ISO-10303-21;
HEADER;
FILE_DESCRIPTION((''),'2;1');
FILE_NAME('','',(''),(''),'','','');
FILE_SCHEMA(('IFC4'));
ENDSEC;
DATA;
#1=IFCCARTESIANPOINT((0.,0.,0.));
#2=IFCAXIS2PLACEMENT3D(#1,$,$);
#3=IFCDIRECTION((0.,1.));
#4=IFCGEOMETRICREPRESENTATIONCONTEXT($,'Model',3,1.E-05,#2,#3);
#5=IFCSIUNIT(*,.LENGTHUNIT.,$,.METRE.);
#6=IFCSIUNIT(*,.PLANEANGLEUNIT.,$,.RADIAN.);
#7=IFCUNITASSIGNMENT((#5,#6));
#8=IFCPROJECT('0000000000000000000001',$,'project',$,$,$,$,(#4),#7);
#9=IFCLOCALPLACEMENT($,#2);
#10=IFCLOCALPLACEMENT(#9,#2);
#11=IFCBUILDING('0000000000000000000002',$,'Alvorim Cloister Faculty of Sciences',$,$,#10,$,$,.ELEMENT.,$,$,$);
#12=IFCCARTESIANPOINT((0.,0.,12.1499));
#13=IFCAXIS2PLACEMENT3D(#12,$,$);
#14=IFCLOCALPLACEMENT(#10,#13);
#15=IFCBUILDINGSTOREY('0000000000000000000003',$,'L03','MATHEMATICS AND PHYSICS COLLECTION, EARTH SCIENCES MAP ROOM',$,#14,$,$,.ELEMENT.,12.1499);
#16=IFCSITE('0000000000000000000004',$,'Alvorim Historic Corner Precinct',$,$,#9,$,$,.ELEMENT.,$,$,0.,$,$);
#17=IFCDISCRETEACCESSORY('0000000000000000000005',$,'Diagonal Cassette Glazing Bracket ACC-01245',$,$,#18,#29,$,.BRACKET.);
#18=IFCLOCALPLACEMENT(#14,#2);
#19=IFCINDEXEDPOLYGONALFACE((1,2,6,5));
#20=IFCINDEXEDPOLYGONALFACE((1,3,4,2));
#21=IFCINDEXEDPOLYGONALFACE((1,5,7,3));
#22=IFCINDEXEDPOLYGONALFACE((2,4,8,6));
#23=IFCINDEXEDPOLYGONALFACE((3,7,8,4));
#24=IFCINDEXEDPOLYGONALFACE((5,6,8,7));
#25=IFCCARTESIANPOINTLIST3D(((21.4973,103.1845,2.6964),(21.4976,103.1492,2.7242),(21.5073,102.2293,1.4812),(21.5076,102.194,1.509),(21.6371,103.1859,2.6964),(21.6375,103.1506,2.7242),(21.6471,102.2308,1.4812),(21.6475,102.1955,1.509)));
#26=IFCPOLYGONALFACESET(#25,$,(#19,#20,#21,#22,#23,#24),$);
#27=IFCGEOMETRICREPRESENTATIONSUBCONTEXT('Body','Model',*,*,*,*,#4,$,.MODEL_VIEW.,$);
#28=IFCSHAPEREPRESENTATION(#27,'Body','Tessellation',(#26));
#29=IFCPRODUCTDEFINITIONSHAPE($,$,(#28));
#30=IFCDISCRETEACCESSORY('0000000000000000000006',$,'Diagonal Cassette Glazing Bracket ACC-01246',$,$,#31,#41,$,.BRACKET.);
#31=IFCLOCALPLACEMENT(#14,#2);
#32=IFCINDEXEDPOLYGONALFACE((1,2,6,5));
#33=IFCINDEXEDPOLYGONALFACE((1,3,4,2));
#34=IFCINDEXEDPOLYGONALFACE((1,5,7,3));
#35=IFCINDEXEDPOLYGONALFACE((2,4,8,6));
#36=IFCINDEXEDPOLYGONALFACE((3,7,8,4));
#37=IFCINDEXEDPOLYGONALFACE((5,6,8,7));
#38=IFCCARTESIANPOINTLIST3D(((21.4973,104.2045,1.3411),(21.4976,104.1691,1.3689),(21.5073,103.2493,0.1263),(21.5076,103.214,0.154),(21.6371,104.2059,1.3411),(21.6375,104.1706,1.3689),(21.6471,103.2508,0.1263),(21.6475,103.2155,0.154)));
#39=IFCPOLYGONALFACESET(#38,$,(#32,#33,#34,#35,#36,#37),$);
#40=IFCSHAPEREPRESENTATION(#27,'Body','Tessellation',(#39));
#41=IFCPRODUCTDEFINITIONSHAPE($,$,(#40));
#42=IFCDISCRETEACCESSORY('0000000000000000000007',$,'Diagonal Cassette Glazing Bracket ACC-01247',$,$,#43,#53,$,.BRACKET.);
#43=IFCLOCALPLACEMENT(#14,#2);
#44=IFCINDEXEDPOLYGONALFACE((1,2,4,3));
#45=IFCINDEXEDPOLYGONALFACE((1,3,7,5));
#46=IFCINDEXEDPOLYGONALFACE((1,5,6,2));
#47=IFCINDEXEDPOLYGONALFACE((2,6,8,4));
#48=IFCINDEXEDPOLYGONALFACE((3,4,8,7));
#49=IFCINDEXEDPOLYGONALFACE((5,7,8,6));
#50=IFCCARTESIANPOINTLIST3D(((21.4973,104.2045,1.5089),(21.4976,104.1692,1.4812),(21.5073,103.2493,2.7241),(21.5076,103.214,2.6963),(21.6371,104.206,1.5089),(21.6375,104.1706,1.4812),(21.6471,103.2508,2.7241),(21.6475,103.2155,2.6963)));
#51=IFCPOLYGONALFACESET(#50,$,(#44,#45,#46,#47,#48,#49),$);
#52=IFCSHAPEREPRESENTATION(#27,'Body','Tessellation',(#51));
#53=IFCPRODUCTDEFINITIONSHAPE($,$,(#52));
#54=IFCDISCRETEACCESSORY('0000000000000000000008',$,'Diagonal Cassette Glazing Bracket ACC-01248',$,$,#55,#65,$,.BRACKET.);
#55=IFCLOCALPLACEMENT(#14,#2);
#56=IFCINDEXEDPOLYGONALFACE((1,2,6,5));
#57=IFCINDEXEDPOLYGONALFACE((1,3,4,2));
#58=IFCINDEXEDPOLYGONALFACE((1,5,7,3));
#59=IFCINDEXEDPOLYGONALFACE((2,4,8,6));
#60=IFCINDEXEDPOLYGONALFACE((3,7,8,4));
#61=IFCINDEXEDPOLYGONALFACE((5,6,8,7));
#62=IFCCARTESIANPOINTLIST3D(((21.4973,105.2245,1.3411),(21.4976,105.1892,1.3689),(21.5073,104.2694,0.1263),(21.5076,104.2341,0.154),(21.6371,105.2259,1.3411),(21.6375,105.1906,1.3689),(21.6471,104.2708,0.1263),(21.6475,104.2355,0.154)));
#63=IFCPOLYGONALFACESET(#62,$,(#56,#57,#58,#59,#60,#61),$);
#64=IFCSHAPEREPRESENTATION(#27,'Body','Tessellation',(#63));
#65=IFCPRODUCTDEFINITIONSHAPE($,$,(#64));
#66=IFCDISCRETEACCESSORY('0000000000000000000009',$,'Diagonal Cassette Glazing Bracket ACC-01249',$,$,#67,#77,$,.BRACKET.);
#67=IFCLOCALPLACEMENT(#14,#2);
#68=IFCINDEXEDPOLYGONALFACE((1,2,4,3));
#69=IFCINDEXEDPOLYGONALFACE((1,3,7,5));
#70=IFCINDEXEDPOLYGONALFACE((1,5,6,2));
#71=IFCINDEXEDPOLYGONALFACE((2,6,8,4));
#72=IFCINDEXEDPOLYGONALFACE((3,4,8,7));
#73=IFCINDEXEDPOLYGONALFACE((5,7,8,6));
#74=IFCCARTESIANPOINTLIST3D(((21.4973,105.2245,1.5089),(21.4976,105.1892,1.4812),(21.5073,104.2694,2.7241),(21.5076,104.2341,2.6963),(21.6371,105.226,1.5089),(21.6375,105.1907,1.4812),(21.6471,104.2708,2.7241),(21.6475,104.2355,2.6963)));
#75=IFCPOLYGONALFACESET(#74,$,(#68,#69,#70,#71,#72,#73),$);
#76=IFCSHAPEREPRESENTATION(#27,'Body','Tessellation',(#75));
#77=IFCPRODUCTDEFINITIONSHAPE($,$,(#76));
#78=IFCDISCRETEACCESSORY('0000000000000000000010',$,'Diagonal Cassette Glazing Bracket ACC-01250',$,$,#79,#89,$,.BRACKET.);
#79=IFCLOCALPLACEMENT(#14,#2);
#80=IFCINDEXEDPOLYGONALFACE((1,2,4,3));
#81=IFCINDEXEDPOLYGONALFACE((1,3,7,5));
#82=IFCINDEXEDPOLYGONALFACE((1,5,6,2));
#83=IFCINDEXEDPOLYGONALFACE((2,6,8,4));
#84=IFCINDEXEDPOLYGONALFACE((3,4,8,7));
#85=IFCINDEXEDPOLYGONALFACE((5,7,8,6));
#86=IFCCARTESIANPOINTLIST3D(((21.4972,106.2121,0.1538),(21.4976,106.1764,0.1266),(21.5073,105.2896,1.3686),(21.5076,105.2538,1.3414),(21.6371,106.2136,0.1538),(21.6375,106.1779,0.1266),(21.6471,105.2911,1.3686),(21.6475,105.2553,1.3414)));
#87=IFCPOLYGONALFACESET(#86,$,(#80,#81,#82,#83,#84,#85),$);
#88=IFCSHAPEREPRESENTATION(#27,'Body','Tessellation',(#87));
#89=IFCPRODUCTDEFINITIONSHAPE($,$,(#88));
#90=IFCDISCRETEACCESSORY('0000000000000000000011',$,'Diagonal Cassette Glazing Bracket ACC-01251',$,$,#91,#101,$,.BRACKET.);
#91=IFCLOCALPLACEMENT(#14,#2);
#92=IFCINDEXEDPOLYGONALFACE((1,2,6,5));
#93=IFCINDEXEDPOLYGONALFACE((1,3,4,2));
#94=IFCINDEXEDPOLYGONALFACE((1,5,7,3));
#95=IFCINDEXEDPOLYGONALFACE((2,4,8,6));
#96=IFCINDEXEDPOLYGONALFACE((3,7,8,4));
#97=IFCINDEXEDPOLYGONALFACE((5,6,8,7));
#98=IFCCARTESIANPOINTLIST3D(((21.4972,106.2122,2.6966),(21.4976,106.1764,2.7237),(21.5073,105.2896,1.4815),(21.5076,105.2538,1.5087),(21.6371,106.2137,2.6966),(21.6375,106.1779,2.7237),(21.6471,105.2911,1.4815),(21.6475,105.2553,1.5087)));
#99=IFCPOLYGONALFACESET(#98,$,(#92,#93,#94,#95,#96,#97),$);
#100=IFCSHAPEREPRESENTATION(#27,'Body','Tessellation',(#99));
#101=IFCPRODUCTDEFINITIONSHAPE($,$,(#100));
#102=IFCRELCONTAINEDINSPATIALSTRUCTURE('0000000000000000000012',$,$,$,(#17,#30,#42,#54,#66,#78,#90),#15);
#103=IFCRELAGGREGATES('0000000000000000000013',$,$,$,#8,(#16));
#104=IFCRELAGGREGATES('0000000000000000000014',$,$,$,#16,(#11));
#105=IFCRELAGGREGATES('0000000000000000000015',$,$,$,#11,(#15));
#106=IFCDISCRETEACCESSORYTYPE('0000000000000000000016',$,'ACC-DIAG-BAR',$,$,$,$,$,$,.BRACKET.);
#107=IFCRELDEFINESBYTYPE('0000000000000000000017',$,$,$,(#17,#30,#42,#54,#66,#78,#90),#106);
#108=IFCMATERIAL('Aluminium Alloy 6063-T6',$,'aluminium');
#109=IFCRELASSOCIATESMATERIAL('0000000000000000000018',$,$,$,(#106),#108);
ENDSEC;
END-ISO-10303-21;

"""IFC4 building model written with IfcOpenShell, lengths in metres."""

from ifc_helpers import new_model, si_unit, direction, frame, origin, origin_2d, place, context, subcontext, project, spatial, rectangle, extrude, material, type_object, element, save


model = new_model("IFC4")

# Units and contexts
model_context = context("Model", 3, precision=1e-05, world=origin(), true_north=direction((0.0, 1.0)))
body_context = subcontext(model_context, "Body", "Model", "MODEL_VIEW")
ifc_project = project(units=[si_unit("LENGTHUNIT", "METRE"), si_unit("PLANEANGLEUNIT", "RADIAN")], contexts=[model_context])

# Site, building, storey
site_placement = place(None, origin())
site = spatial("IfcSite", under=ifc_project, at=site_placement, Name="Alvorim Historic Corner Precinct", CompositionType="ELEMENT", RefElevation=0.0)
building_placement = place(site_placement, origin())
building = spatial("IfcBuilding", under=site, at=building_placement, Name="Alvorim Cloister Faculty of Sciences", CompositionType="ELEMENT")
storey_placement = place(building_placement, frame((0.0, 0.0, 12.1499)))
storey = spatial("IfcBuildingStorey", under=building, at=storey_placement, Name="L03", Description="MATHEMATICS AND PHYSICS COLLECTION, EARTH SCIENCES MAP ROOM", CompositionType="ELEMENT", Elevation=12.1499)

# Shared definitions
ifc_material_1 = material(Name="Aluminium Alloy 6063-T6", Category="aluminium")

# Discrete accessories
discrete_accessory_type = type_object("IfcDiscreteAccessoryType", Name="ACC-DIAG-BAR", PredefinedType="BRACKET", material=ifc_material_1)
discrete_accessory_1_placement = place(storey_placement, frame((21.5774, 102.2124, 1.4951), z_axis=(-0.006477, 0.617955, 0.786187), x_axis=(-0.999945, -0.01048, 0.0)))
element("IfcDiscreteAccessory", 1, at=discrete_accessory_1_placement, inside=storey, type_object=discrete_accessory_type, Name="Diagonal Cassette Glazing Bracket ACC-01245", PredefinedType="BRACKET", context=body_context, shape_type="SweptSolid", body=[
    extrude(rectangle(XDim=0.1399, YDim=0.0449, at=origin_2d()), origin(), (0.0, 0.0, 1.0), 1.5457),
])
discrete_accessory_2_placement = place(storey_placement, frame((21.5774, 103.2324, 0.1401), z_axis=(-0.006477, 0.618032, 0.786126), x_axis=(-0.999945, -0.01048, 0.0)))
element("IfcDiscreteAccessory", 2, at=discrete_accessory_2_placement, inside=storey, type_object=discrete_accessory_type, Name="Diagonal Cassette Glazing Bracket ACC-01246", PredefinedType="BRACKET", context=body_context, shape_type="SweptSolid", body=[
    extrude(rectangle(XDim=0.1399, YDim=0.0449, at=origin_2d()), origin(), (0.0, 0.0, 1.0), 1.5454),
])
discrete_accessory_3_placement = place(storey_placement, frame((21.5774, 103.2324, 2.7102), z_axis=(-0.006477, 0.617955, -0.786187), x_axis=(-0.999945, -0.01048, 0.0)))
element("IfcDiscreteAccessory", 3, at=discrete_accessory_3_placement, inside=storey, type_object=discrete_accessory_type, Name="Diagonal Cassette Glazing Bracket ACC-01247", PredefinedType="BRACKET", context=body_context, shape_type="SweptSolid", body=[
    extrude(rectangle(XDim=0.1399, YDim=0.0449, at=origin_2d()), origin(), (0.0, 0.0, 1.0), 1.5457),
])
discrete_accessory_4_placement = place(storey_placement, frame((21.5774, 104.2524, 0.1401), z_axis=(-0.006477, 0.618032, 0.786126), x_axis=(-0.999945, -0.01048, 0.0)))
element("IfcDiscreteAccessory", 4, at=discrete_accessory_4_placement, inside=storey, type_object=discrete_accessory_type, Name="Diagonal Cassette Glazing Bracket ACC-01248", PredefinedType="BRACKET", context=body_context, shape_type="SweptSolid", body=[
    extrude(rectangle(XDim=0.1399, YDim=0.0449, at=origin_2d()), origin(), (0.0, 0.0, 1.0), 1.5454),
])
discrete_accessory_5_placement = place(storey_placement, frame((21.5774, 104.2524, 2.7102), z_axis=(-0.006477, 0.617955, -0.786187), x_axis=(-0.999945, -0.01048, 0.0)))
element("IfcDiscreteAccessory", 5, at=discrete_accessory_5_placement, inside=storey, type_object=discrete_accessory_type, Name="Diagonal Cassette Glazing Bracket ACC-01249", PredefinedType="BRACKET", context=body_context, shape_type="SweptSolid", body=[
    extrude(rectangle(XDim=0.1399, YDim=0.0449, at=origin_2d()), origin(), (0.0, 0.0, 1.0), 1.5457),
])
discrete_accessory_6_placement = place(storey_placement, frame((21.5774, 105.2725, 1.355), z_axis=(-0.006562, 0.60479, -0.796358), x_axis=(-0.999941, -0.010849, 0.0)))
element("IfcDiscreteAccessory", 6, at=discrete_accessory_6_placement, inside=storey, type_object=discrete_accessory_type, Name="Diagonal Cassette Glazing Bracket ACC-01250", PredefinedType="BRACKET", context=body_context, shape_type="SweptSolid", body=[
    extrude(rectangle(XDim=0.1399, YDim=0.0449, at=origin_2d()), origin(), (0.0, 0.0, 1.0), 1.5254),
])
discrete_accessory_7_placement = place(storey_placement, frame((21.5774, 105.2725, 1.4951), z_axis=(-0.006561, 0.604713, 0.796416), x_axis=(-0.999941, -0.010849, 0.0)))
element("IfcDiscreteAccessory", 7, at=discrete_accessory_7_placement, inside=storey, type_object=discrete_accessory_type, Name="Diagonal Cassette Glazing Bracket ACC-01251", PredefinedType="BRACKET", context=body_context, shape_type="SweptSolid", body=[
    extrude(rectangle(XDim=0.1399, YDim=0.0449, at=origin_2d()), origin(), (0.0, 0.0, 1.0), 1.5256),
])

save(model, "model.ifc")
